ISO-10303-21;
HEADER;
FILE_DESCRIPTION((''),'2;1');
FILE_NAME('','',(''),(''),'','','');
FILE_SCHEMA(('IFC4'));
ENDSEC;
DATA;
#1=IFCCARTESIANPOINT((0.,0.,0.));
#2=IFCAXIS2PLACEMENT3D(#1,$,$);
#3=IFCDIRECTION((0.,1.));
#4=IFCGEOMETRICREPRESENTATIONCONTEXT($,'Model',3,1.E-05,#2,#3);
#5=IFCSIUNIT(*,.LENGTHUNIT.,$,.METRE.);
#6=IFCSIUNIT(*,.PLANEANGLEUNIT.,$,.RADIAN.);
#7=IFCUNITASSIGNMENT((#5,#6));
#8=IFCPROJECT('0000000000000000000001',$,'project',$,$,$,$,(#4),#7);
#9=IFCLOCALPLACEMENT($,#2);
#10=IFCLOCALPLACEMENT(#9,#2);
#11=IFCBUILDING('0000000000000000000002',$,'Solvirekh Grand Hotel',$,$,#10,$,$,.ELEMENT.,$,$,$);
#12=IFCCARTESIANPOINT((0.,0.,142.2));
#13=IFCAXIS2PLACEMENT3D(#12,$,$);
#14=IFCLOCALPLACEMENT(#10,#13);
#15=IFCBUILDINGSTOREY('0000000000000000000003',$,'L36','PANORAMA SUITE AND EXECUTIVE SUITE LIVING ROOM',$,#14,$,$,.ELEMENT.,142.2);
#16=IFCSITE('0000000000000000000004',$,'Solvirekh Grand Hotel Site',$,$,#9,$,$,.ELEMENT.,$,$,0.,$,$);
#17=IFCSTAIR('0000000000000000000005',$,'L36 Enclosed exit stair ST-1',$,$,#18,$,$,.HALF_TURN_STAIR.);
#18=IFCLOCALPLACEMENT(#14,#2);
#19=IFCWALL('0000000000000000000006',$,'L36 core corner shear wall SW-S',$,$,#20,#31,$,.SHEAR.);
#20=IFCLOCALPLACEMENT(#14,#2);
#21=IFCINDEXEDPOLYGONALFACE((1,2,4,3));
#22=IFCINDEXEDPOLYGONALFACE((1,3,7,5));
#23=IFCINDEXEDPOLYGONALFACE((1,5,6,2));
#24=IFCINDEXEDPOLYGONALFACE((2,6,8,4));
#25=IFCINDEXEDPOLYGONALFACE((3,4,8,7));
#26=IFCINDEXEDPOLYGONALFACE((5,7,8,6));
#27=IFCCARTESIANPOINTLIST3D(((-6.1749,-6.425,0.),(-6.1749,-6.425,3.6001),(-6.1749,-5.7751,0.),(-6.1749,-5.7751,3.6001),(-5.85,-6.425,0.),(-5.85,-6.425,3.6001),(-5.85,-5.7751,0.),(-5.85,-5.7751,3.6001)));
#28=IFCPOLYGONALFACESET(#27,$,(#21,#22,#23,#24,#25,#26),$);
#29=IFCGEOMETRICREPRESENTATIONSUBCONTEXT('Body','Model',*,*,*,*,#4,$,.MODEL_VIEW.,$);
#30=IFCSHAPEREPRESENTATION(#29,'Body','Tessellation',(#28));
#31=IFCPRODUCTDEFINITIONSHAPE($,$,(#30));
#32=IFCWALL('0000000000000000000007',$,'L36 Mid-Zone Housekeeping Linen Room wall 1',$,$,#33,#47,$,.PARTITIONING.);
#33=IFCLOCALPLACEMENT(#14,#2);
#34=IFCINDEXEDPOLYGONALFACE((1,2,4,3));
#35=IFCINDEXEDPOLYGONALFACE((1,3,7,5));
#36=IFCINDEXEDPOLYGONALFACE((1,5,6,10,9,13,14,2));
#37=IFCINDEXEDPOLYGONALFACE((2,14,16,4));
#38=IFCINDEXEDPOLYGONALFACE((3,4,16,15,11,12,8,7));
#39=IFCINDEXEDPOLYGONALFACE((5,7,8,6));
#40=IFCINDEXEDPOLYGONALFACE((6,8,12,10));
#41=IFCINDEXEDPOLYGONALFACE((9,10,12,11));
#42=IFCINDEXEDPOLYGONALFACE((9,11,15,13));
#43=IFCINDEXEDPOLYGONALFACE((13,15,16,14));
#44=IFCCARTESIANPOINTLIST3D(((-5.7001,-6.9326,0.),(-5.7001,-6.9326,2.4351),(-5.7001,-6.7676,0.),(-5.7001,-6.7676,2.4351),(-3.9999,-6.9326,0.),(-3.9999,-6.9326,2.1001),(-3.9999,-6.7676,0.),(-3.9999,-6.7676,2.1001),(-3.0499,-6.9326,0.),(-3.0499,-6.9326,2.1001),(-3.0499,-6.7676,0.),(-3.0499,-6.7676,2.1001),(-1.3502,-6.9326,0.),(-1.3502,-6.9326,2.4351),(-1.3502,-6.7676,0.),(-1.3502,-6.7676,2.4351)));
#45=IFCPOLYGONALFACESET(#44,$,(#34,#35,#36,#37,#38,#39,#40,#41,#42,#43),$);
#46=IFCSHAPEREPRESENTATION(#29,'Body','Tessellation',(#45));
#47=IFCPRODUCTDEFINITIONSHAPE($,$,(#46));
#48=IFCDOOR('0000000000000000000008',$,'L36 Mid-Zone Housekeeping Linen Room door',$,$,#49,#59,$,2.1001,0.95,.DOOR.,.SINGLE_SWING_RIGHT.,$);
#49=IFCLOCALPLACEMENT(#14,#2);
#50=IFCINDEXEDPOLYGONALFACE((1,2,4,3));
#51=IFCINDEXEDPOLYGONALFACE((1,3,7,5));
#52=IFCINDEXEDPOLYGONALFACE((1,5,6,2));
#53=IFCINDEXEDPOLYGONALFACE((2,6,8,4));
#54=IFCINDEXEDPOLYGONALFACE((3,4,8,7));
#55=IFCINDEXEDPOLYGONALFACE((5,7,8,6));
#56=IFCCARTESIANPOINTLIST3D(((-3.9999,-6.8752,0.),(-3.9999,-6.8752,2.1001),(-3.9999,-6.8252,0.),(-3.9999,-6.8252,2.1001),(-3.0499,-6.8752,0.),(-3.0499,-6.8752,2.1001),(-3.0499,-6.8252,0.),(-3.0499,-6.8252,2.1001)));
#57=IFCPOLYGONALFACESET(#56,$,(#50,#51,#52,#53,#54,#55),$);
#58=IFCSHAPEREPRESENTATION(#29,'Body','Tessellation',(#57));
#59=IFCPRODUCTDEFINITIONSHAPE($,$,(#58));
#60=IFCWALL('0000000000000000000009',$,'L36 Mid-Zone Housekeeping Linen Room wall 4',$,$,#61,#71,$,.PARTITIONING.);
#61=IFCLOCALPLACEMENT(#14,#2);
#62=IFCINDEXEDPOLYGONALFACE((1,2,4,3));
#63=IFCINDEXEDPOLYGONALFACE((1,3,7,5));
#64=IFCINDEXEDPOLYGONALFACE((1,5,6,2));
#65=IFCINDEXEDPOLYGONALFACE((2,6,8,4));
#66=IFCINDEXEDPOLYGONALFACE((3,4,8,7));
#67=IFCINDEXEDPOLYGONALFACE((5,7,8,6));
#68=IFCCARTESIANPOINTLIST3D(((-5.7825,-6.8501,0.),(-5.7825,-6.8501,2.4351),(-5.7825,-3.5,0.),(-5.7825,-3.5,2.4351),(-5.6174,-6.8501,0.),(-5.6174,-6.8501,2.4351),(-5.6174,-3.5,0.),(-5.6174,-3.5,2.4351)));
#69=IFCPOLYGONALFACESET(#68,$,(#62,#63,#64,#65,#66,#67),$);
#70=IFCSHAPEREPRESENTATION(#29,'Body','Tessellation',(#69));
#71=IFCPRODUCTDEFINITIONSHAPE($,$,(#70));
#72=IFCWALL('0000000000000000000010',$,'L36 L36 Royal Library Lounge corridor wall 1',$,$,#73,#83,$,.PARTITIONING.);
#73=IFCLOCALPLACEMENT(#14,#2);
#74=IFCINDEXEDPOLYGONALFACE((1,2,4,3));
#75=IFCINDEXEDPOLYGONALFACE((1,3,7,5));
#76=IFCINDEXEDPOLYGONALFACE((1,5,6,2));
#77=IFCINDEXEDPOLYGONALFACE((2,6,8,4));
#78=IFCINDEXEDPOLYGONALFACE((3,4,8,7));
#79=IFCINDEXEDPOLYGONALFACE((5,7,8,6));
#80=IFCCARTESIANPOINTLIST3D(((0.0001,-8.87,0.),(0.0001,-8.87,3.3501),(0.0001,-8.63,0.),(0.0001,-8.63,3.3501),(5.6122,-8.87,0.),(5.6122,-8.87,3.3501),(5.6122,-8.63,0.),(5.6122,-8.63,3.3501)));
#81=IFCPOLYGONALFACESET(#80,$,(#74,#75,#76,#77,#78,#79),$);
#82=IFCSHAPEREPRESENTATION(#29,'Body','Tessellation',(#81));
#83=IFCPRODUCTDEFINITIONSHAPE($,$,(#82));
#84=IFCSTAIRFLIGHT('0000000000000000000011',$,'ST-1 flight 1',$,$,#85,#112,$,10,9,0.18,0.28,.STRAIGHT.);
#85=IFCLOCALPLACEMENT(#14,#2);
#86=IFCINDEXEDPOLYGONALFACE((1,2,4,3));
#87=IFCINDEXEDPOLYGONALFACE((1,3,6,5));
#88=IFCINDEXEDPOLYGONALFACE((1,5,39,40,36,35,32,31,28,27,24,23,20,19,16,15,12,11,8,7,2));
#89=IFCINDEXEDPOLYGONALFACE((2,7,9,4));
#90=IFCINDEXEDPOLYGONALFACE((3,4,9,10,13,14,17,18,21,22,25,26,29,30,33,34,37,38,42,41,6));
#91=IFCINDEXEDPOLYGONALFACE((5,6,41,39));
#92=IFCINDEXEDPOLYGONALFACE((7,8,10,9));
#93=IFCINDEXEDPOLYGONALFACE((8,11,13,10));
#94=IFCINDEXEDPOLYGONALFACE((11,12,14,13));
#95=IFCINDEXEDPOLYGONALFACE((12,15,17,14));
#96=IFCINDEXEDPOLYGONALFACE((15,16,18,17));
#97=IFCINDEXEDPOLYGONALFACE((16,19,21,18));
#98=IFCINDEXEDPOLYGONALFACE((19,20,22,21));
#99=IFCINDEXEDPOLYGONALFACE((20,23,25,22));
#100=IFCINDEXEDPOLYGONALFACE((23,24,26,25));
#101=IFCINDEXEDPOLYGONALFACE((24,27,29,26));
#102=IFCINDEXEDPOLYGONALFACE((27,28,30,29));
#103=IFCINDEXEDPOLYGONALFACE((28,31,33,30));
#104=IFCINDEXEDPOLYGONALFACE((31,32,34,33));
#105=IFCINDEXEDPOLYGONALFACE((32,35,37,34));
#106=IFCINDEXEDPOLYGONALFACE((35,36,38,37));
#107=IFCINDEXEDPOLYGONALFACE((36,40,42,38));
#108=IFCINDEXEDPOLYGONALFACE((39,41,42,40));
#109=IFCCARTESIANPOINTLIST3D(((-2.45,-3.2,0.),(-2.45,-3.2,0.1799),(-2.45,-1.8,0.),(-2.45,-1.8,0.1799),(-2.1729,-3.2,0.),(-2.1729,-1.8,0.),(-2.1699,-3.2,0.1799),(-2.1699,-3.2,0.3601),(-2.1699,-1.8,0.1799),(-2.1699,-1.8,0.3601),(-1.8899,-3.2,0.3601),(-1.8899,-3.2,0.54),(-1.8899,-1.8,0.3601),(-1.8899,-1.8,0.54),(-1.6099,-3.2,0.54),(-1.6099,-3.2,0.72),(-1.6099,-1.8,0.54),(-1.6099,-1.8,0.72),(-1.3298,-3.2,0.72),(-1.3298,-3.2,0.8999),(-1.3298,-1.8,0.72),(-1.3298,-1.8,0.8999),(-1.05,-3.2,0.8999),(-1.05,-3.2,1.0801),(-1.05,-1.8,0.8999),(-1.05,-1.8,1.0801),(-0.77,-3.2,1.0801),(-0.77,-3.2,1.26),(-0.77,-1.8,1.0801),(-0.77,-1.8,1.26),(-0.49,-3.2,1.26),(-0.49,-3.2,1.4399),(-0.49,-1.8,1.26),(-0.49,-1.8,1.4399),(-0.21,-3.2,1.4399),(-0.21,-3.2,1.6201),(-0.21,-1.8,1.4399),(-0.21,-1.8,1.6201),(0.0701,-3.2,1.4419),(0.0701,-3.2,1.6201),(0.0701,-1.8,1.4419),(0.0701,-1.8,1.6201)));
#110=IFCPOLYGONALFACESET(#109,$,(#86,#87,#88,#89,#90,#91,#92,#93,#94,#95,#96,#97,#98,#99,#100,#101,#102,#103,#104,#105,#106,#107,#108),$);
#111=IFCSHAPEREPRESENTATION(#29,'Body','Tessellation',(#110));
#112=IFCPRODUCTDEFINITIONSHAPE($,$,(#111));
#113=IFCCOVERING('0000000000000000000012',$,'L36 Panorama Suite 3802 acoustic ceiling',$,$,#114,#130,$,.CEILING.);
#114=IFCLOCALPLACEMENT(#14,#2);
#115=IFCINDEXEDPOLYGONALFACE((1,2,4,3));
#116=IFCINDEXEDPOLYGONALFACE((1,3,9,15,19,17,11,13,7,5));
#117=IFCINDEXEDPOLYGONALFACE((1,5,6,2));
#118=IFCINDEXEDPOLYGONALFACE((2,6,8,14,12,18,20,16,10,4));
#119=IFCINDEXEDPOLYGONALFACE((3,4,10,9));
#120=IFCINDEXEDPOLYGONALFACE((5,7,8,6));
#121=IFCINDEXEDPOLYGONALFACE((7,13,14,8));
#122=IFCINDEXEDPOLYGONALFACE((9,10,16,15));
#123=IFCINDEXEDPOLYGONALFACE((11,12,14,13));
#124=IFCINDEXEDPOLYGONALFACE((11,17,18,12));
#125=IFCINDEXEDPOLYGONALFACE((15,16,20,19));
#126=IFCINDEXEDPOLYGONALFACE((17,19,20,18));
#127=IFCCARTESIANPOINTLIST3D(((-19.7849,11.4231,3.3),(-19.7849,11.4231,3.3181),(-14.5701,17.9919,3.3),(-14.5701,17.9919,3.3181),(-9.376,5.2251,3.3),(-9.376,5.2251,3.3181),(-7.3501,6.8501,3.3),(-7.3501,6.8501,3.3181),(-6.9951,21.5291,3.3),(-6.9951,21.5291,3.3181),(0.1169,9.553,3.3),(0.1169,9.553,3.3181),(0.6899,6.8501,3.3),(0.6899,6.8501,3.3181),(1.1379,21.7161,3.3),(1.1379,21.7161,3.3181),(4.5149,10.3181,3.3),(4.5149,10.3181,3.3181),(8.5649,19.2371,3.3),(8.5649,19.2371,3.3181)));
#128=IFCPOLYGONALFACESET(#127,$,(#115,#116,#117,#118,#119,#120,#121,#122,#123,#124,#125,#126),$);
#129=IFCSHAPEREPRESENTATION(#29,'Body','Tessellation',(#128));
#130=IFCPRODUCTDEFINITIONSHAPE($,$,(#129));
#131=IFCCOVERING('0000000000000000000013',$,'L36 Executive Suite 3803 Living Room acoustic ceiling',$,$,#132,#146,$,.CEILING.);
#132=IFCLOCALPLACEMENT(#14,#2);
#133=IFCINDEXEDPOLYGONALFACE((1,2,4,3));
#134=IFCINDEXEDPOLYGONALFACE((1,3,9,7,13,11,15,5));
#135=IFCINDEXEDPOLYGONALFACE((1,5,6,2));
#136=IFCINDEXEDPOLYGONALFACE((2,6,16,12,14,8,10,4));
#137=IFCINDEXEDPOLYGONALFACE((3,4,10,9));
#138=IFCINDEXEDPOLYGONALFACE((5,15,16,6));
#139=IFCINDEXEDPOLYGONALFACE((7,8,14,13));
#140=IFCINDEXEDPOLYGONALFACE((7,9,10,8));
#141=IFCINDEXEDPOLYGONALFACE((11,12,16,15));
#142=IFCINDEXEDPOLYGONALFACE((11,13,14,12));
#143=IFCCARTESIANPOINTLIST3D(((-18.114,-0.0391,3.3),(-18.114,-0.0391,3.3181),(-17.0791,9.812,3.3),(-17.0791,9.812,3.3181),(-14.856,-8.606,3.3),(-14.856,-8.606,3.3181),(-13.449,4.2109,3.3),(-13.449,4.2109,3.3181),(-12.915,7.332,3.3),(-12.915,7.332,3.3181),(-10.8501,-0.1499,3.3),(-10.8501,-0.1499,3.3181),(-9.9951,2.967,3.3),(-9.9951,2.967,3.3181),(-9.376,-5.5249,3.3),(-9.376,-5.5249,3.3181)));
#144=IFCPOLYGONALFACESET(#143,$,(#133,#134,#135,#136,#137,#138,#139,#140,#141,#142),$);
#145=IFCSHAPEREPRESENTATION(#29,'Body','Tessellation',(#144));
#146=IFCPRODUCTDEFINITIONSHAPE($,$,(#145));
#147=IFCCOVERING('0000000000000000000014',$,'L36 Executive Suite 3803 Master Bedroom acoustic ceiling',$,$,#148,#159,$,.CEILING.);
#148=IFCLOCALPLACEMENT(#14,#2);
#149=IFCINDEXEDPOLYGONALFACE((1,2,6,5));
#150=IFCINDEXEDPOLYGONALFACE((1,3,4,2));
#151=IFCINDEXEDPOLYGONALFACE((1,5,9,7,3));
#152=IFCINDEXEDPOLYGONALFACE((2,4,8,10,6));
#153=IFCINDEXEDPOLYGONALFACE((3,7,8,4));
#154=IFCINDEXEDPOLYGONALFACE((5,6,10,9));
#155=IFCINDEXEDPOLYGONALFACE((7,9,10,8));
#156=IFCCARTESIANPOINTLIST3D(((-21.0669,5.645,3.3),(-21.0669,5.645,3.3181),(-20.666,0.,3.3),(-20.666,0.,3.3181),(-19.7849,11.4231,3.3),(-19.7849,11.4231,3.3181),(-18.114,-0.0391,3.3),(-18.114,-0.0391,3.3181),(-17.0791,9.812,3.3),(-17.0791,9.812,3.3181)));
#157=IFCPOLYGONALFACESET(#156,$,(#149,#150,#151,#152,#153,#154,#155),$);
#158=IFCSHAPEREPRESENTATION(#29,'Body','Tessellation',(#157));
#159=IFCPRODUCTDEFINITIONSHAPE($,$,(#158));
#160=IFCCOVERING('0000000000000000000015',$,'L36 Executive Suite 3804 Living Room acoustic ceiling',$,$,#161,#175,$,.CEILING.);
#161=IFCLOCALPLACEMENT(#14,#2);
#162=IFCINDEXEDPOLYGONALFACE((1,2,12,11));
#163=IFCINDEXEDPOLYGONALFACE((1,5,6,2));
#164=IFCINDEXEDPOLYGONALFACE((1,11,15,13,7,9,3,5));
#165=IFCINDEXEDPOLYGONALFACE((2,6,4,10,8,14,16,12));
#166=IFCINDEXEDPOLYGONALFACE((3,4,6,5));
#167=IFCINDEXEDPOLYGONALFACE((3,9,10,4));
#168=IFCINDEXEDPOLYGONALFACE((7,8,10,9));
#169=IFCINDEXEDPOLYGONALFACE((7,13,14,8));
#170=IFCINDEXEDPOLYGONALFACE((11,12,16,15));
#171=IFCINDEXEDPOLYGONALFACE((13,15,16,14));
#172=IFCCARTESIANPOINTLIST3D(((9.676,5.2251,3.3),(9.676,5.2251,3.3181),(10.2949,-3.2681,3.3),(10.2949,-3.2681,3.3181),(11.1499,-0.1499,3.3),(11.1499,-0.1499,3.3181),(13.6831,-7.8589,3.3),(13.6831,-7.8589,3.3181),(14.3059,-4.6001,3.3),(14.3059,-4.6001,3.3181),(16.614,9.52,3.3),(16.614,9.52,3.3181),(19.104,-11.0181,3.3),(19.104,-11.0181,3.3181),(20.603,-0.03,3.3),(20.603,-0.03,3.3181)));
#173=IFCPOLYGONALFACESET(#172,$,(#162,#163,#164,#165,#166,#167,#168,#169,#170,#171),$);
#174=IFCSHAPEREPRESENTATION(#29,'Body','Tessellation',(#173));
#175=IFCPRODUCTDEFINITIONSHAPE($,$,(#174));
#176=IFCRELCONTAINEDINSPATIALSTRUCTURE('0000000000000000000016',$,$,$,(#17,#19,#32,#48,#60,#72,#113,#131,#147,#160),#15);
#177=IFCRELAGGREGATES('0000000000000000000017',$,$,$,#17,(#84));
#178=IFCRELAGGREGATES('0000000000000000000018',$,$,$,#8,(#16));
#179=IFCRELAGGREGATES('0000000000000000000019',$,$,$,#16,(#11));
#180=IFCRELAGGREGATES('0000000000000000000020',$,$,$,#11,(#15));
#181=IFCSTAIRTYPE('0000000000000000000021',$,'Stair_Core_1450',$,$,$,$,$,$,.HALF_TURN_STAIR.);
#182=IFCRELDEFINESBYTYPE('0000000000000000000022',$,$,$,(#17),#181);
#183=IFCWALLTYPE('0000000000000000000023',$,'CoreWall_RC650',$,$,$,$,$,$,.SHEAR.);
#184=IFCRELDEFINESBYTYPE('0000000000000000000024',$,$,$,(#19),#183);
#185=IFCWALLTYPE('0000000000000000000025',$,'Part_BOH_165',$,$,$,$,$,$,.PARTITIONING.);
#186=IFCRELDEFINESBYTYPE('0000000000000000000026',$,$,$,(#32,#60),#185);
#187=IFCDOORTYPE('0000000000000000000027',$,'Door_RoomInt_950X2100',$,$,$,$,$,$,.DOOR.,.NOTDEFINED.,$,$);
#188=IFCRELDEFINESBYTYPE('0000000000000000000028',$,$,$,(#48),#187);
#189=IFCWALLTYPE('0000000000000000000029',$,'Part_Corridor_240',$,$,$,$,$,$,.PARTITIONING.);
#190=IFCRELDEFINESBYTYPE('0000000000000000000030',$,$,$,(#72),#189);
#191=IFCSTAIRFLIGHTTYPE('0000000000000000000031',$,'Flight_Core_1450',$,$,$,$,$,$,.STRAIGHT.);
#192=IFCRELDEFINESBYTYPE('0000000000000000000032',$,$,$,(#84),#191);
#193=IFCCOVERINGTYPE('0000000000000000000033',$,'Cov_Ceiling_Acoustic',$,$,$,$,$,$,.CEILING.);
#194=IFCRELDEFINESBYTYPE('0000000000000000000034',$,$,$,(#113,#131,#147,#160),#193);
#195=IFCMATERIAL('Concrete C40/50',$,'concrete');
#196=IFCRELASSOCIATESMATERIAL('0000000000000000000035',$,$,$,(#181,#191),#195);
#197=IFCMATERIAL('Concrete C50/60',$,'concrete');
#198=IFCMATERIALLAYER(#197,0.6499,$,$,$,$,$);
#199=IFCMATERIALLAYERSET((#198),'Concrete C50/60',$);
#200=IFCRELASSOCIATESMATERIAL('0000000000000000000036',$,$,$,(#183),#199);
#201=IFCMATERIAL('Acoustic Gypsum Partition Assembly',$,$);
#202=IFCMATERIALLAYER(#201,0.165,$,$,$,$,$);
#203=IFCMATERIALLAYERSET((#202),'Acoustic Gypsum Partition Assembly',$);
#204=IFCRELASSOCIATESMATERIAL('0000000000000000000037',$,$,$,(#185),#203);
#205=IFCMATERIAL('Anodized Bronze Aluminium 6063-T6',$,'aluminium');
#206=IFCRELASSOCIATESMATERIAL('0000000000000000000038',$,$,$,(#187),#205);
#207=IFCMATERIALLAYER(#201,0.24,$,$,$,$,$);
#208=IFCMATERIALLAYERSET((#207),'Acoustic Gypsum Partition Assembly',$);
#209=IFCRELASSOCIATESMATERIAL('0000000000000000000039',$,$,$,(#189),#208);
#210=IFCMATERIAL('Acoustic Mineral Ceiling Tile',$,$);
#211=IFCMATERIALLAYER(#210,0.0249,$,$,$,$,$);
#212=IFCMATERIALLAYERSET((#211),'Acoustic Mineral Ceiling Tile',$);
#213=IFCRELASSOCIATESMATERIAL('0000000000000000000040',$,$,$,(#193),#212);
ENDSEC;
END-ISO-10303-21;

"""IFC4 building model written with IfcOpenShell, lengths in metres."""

from ifc_helpers import new_model, si_unit, direction, frame, frame_2d, origin, place, context, subcontext, project, spatial, polyline, rectangle, outline, extrude, material, layer, layer_set, type_object, element, fill, aggregate, save


model = new_model("IFC4")

# Units and contexts
model_context = context("Model", 3, precision=1e-05, world=origin(), true_north=direction((0.0, 1.0)))
body_context = subcontext(model_context, "Body", "Model", "MODEL_VIEW")
ifc_project = project(units=[si_unit("LENGTHUNIT", "METRE"), si_unit("PLANEANGLEUNIT", "RADIAN")], contexts=[model_context])

# Site, building, storey
site_placement = place(None, origin())
site = spatial("IfcSite", under=ifc_project, at=site_placement, Name="Solvirekh Grand Hotel Site", CompositionType="ELEMENT", RefElevation=0.0)
building_placement = place(site_placement, origin())
building = spatial("IfcBuilding", under=site, at=building_placement, Name="Solvirekh Grand Hotel", CompositionType="ELEMENT")
storey_placement = place(building_placement, frame((0.0, 0.0, 142.2)))
storey = spatial("IfcBuildingStorey", under=building, at=storey_placement, Name="L36", Description="PANORAMA SUITE AND EXECUTIVE SUITE LIVING ROOM", CompositionType="ELEMENT", Elevation=142.2)

# Shared definitions
ifc_material_1 = material(Name="Concrete C50/60", Category="concrete")

# Stair
ifc_material_2 = material(Name="Concrete C40/50", Category="concrete")
stair_type = type_object("IfcStairType", Name="Stair_Core_1450", PredefinedType="HALF_TURN_STAIR", material=ifc_material_2)
stair_1_placement = place(storey_placement, origin())
stair_1 = element("IfcStair", 1, at=stair_1_placement, inside=storey, type_object=stair_type, Name="L36 Enclosed exit stair ST-1", PredefinedType="HALF_TURN_STAIR")

# Wall
ifc_layer_1 = layer(ifc_material_1, 0.6499)
ifc_layer_set_1 = layer_set([ifc_layer_1], Name="Concrete C50/60")
wall_type_1 = type_object("IfcWallType", Name="CoreWall_RC650", PredefinedType="SHEAR", material=ifc_layer_set_1)
wall_1_placement = place(storey_placement, frame((-6.175, -6.1001, 0.0), z_axis=(0.0, 0.0, 1.0), x_axis=(1.0, 0.0, 0.0)))
element("IfcWall", 2, at=wall_1_placement, inside=storey, type_object=wall_type_1, Name="L36 core corner shear wall SW-S", PredefinedType="SHEAR", context=body_context, shape_type="SweptSolid", body=[
    extrude(rectangle(XDim=0.325, YDim=0.6499, at=frame_2d((0.1626, 0.0))), origin(), (0.0, 0.0, 1.0), 3.6001),
])

# Wall, opening, door
ifc_material_3 = material(Name="Acoustic Gypsum Partition Assembly")
ifc_layer_2 = layer(ifc_material_3, 0.165)
ifc_layer_set_2 = layer_set([ifc_layer_2], Name="Acoustic Gypsum Partition Assembly")
wall_type_2 = type_object("IfcWallType", Name="Part_BOH_165", PredefinedType="PARTITIONING", material=ifc_layer_set_2)
wall_2_placement = place(storey_placement, frame((-5.7, -6.8501, 0.0), z_axis=(0.0, 0.0, 1.0), x_axis=(1.0, 0.0, 0.0)))
wall_2 = element("IfcWall", 3, at=wall_2_placement, inside=storey, type_object=wall_type_2, Name="L36 Mid-Zone Housekeeping Linen Room wall 1", PredefinedType="PARTITIONING", context=body_context, shape_type="SweptSolid", body=[
    extrude(rectangle(XDim=4.3499, YDim=0.165, at=frame_2d((2.1748, 0.0))), origin(), (0.0, 0.0, 1.0), 2.4351),
])
opening_1_placement = place(wall_2_placement, frame((1.7, 0.0, 0.0)))
opening_1 = element("IfcOpeningElement", 4, at=opening_1_placement, cuts=wall_2, PredefinedType="OPENING", context=body_context, shape_type="SweptSolid", body=[
    extrude(rectangle(XDim=0.95, YDim=2.1001, at=frame_2d((0.4751, 1.05))), frame((0.0, 0.0925, 0.0), z_axis=(0.0, -1.0, 0.0), x_axis=(1.0, 0.0, 0.0)), (0.0, 0.0, 1.0), 0.1851),
])
ifc_material_4 = material(Name="Anodized Bronze Aluminium 6063-T6", Category="aluminium")
door_type_1 = type_object("IfcDoorType", Name="Door_RoomInt_950X2100", OperationType="NOTDEFINED", PredefinedType="DOOR", material=ifc_material_4)
door_1_placement = place(opening_1_placement, origin())
door_1 = element("IfcDoor", 5, at=door_1_placement, inside=storey, type_object=door_type_1, Name="L36 Mid-Zone Housekeeping Linen Room door", OperationType="SINGLE_SWING_RIGHT", OverallHeight=2.1001, OverallWidth=0.95, PredefinedType="DOOR", context=body_context, shape_type="SweptSolid", body=[
    extrude(rectangle(XDim=0.95, YDim=2.1001, at=frame_2d((0.4751, 1.05))), frame((0.0, 0.0249, 0.0), z_axis=(0.0, -1.0, 0.0), x_axis=(1.0, 0.0, 0.0)), (0.0, 0.0, 1.0), 0.05),
])
fill(opening_1, door_1)

# Walls
wall_3_placement = place(storey_placement, frame((-5.7, -3.5, 0.0), z_axis=(0.0, 0.0, 1.0), x_axis=(0.0, -1.0, 0.0)))
element("IfcWall", 6, at=wall_3_placement, inside=storey, type_object=wall_type_2, Name="L36 Mid-Zone Housekeeping Linen Room wall 4", PredefinedType="PARTITIONING", context=body_context, shape_type="SweptSolid", body=[
    extrude(rectangle(XDim=3.3501, YDim=0.165, at=frame_2d((1.675, 0.0))), origin(), (0.0, 0.0, 1.0), 2.4351),
])
ifc_layer_3 = layer(ifc_material_3, 0.24)
ifc_layer_set_3 = layer_set([ifc_layer_3], Name="Acoustic Gypsum Partition Assembly")
wall_type_3 = type_object("IfcWallType", Name="Part_Corridor_240", PredefinedType="PARTITIONING", material=ifc_layer_set_3)
wall_4_placement = place(storey_placement, frame((0.0, -8.75, 0.0), z_axis=(0.0, 0.0, 1.0), x_axis=(1.0, 0.0, 0.0)))
element("IfcWall", 7, at=wall_4_placement, inside=storey, type_object=wall_type_3, Name="L36 L36 Royal Library Lounge corridor wall 1", PredefinedType="PARTITIONING", context=body_context, shape_type="SweptSolid", body=[
    extrude(rectangle(XDim=5.6121, YDim=0.24, at=frame_2d((2.8062, 0.0))), origin(), (0.0, 0.0, 1.0), 3.3501),
])

# Stair flight
stair_flight_type = type_object("IfcStairFlightType", Name="Flight_Core_1450", PredefinedType="STRAIGHT", material=ifc_material_2)
stair_flight_placement = place(storey_placement, frame((-2.45, -2.5, 0.0), z_axis=(0.0, 0.0, 1.0), x_axis=(1.0, 0.0, 0.0)))
stair_flight = element("IfcStairFlight", 8, at=stair_flight_placement, type_object=stair_flight_type, Name="ST-1 flight 1", NumberOfRisers=10, NumberOfTreads=9, PredefinedType="STRAIGHT", RiserHeight=0.18, TreadLength=0.28, context=body_context, shape_type="SweptSolid", body=[
    extrude(outline(polyline([(0.0, 0.0), (0.0, 0.1799), (0.28, 0.1799), (0.28, 0.3601), (0.5601, 0.3601), (0.5601, 0.54), (0.8401, 0.54), (0.8401, 0.72), (1.1201, 0.72), (1.1201, 0.8999), (1.3999, 0.8999), (1.3999, 1.0801), (1.6799, 1.0801), (1.6799, 1.26), (1.96, 1.26), (1.96, 1.4399), (2.24, 1.4399), (2.24, 1.6201), (2.52, 1.6201), (2.52, 1.8), (2.52, 1.4419), (0.2771, 0.0), (0.0, 0.0)])), frame((0.0, 0.7, 0.0), z_axis=(0.0, -1.0, 0.0), x_axis=(1.0, 0.0, 0.0)), (0.0, 0.0, 1.0), 1.3999),
])
aggregate(stair_1, [stair_flight])

# Coverings
ifc_material_5 = material(Name="Acoustic Mineral Ceiling Tile")
ifc_layer_4 = layer(ifc_material_5, 0.0249)
ifc_layer_set_4 = layer_set([ifc_layer_4], Name="Acoustic Mineral Ceiling Tile")
covering_type_1 = type_object("IfcCoveringType", Name="Cov_Ceiling_Acoustic", PredefinedType="CEILING", material=ifc_layer_set_4)
covering_1_placement = place(storey_placement, frame((0.0, 0.0, 3.3)))
element("IfcCovering", 9, at=covering_1_placement, inside=storey, type_object=covering_type_1, Name="L36 Panorama Suite 3802 acoustic ceiling", PredefinedType="CEILING", context=body_context, shape_type="SweptSolid", body=[
    extrude(outline(polyline([(0.6899, 6.8501), (0.1169, 9.553), (4.5149, 10.3181), (8.5649, 19.2371), (1.1379, 21.7161), (-6.9951, 21.5291), (-14.5701, 17.9919), (-19.7849, 11.4231), (-9.376, 5.2251), (-7.3501, 6.8501), (0.6899, 6.8501)])), origin(), (0.0, 0.0, 1.0), 0.0181),
])
covering_2_placement = place(storey_placement, frame((0.0, 0.0, 3.3)))
element("IfcCovering", 10, at=covering_2_placement, inside=storey, type_object=covering_type_1, Name="L36 Executive Suite 3803 Living Room acoustic ceiling", PredefinedType="CEILING", context=body_context, shape_type="SweptSolid", body=[
    extrude(outline(polyline([(-13.449, 4.2109), (-12.915, 7.332), (-17.0791, 9.812), (-18.114, -0.0391), (-14.856, -8.606), (-9.376, -5.5249), (-10.8501, -0.1499), (-9.9951, 2.967), (-13.449, 4.2109)])), origin(), (0.0, 0.0, 1.0), 0.0181),
])
covering_3_placement = place(storey_placement, frame((0.0, 0.0, 3.3)))
element("IfcCovering", 11, at=covering_3_placement, inside=storey, type_object=covering_type_1, Name="L36 Executive Suite 3803 Master Bedroom acoustic ceiling", PredefinedType="CEILING", context=body_context, shape_type="SweptSolid", body=[
    extrude(outline(polyline([(-19.7849, 11.4231), (-21.0669, 5.645), (-20.666, 0.0), (-18.114, -0.0391), (-17.0791, 9.812), (-19.7849, 11.4231)])), origin(), (0.0, 0.0, 1.0), 0.0181),
])
covering_4_placement = place(storey_placement, frame((0.0, 0.0, 3.3)))
element("IfcCovering", 12, at=covering_4_placement, inside=storey, type_object=covering_type_1, Name="L36 Executive Suite 3804 Living Room acoustic ceiling", PredefinedType="CEILING", context=body_context, shape_type="SweptSolid", body=[
    extrude(outline(polyline([(14.3059, -4.6001), (13.6831, -7.8589), (19.104, -11.0181), (20.603, -0.03), (16.614, 9.52), (9.676, 5.2251), (11.1499, -0.1499), (10.2949, -3.2681), (14.3059, -4.6001)])), origin(), (0.0, 0.0, 1.0), 0.0181),
])

save(model, "model.ifc")
